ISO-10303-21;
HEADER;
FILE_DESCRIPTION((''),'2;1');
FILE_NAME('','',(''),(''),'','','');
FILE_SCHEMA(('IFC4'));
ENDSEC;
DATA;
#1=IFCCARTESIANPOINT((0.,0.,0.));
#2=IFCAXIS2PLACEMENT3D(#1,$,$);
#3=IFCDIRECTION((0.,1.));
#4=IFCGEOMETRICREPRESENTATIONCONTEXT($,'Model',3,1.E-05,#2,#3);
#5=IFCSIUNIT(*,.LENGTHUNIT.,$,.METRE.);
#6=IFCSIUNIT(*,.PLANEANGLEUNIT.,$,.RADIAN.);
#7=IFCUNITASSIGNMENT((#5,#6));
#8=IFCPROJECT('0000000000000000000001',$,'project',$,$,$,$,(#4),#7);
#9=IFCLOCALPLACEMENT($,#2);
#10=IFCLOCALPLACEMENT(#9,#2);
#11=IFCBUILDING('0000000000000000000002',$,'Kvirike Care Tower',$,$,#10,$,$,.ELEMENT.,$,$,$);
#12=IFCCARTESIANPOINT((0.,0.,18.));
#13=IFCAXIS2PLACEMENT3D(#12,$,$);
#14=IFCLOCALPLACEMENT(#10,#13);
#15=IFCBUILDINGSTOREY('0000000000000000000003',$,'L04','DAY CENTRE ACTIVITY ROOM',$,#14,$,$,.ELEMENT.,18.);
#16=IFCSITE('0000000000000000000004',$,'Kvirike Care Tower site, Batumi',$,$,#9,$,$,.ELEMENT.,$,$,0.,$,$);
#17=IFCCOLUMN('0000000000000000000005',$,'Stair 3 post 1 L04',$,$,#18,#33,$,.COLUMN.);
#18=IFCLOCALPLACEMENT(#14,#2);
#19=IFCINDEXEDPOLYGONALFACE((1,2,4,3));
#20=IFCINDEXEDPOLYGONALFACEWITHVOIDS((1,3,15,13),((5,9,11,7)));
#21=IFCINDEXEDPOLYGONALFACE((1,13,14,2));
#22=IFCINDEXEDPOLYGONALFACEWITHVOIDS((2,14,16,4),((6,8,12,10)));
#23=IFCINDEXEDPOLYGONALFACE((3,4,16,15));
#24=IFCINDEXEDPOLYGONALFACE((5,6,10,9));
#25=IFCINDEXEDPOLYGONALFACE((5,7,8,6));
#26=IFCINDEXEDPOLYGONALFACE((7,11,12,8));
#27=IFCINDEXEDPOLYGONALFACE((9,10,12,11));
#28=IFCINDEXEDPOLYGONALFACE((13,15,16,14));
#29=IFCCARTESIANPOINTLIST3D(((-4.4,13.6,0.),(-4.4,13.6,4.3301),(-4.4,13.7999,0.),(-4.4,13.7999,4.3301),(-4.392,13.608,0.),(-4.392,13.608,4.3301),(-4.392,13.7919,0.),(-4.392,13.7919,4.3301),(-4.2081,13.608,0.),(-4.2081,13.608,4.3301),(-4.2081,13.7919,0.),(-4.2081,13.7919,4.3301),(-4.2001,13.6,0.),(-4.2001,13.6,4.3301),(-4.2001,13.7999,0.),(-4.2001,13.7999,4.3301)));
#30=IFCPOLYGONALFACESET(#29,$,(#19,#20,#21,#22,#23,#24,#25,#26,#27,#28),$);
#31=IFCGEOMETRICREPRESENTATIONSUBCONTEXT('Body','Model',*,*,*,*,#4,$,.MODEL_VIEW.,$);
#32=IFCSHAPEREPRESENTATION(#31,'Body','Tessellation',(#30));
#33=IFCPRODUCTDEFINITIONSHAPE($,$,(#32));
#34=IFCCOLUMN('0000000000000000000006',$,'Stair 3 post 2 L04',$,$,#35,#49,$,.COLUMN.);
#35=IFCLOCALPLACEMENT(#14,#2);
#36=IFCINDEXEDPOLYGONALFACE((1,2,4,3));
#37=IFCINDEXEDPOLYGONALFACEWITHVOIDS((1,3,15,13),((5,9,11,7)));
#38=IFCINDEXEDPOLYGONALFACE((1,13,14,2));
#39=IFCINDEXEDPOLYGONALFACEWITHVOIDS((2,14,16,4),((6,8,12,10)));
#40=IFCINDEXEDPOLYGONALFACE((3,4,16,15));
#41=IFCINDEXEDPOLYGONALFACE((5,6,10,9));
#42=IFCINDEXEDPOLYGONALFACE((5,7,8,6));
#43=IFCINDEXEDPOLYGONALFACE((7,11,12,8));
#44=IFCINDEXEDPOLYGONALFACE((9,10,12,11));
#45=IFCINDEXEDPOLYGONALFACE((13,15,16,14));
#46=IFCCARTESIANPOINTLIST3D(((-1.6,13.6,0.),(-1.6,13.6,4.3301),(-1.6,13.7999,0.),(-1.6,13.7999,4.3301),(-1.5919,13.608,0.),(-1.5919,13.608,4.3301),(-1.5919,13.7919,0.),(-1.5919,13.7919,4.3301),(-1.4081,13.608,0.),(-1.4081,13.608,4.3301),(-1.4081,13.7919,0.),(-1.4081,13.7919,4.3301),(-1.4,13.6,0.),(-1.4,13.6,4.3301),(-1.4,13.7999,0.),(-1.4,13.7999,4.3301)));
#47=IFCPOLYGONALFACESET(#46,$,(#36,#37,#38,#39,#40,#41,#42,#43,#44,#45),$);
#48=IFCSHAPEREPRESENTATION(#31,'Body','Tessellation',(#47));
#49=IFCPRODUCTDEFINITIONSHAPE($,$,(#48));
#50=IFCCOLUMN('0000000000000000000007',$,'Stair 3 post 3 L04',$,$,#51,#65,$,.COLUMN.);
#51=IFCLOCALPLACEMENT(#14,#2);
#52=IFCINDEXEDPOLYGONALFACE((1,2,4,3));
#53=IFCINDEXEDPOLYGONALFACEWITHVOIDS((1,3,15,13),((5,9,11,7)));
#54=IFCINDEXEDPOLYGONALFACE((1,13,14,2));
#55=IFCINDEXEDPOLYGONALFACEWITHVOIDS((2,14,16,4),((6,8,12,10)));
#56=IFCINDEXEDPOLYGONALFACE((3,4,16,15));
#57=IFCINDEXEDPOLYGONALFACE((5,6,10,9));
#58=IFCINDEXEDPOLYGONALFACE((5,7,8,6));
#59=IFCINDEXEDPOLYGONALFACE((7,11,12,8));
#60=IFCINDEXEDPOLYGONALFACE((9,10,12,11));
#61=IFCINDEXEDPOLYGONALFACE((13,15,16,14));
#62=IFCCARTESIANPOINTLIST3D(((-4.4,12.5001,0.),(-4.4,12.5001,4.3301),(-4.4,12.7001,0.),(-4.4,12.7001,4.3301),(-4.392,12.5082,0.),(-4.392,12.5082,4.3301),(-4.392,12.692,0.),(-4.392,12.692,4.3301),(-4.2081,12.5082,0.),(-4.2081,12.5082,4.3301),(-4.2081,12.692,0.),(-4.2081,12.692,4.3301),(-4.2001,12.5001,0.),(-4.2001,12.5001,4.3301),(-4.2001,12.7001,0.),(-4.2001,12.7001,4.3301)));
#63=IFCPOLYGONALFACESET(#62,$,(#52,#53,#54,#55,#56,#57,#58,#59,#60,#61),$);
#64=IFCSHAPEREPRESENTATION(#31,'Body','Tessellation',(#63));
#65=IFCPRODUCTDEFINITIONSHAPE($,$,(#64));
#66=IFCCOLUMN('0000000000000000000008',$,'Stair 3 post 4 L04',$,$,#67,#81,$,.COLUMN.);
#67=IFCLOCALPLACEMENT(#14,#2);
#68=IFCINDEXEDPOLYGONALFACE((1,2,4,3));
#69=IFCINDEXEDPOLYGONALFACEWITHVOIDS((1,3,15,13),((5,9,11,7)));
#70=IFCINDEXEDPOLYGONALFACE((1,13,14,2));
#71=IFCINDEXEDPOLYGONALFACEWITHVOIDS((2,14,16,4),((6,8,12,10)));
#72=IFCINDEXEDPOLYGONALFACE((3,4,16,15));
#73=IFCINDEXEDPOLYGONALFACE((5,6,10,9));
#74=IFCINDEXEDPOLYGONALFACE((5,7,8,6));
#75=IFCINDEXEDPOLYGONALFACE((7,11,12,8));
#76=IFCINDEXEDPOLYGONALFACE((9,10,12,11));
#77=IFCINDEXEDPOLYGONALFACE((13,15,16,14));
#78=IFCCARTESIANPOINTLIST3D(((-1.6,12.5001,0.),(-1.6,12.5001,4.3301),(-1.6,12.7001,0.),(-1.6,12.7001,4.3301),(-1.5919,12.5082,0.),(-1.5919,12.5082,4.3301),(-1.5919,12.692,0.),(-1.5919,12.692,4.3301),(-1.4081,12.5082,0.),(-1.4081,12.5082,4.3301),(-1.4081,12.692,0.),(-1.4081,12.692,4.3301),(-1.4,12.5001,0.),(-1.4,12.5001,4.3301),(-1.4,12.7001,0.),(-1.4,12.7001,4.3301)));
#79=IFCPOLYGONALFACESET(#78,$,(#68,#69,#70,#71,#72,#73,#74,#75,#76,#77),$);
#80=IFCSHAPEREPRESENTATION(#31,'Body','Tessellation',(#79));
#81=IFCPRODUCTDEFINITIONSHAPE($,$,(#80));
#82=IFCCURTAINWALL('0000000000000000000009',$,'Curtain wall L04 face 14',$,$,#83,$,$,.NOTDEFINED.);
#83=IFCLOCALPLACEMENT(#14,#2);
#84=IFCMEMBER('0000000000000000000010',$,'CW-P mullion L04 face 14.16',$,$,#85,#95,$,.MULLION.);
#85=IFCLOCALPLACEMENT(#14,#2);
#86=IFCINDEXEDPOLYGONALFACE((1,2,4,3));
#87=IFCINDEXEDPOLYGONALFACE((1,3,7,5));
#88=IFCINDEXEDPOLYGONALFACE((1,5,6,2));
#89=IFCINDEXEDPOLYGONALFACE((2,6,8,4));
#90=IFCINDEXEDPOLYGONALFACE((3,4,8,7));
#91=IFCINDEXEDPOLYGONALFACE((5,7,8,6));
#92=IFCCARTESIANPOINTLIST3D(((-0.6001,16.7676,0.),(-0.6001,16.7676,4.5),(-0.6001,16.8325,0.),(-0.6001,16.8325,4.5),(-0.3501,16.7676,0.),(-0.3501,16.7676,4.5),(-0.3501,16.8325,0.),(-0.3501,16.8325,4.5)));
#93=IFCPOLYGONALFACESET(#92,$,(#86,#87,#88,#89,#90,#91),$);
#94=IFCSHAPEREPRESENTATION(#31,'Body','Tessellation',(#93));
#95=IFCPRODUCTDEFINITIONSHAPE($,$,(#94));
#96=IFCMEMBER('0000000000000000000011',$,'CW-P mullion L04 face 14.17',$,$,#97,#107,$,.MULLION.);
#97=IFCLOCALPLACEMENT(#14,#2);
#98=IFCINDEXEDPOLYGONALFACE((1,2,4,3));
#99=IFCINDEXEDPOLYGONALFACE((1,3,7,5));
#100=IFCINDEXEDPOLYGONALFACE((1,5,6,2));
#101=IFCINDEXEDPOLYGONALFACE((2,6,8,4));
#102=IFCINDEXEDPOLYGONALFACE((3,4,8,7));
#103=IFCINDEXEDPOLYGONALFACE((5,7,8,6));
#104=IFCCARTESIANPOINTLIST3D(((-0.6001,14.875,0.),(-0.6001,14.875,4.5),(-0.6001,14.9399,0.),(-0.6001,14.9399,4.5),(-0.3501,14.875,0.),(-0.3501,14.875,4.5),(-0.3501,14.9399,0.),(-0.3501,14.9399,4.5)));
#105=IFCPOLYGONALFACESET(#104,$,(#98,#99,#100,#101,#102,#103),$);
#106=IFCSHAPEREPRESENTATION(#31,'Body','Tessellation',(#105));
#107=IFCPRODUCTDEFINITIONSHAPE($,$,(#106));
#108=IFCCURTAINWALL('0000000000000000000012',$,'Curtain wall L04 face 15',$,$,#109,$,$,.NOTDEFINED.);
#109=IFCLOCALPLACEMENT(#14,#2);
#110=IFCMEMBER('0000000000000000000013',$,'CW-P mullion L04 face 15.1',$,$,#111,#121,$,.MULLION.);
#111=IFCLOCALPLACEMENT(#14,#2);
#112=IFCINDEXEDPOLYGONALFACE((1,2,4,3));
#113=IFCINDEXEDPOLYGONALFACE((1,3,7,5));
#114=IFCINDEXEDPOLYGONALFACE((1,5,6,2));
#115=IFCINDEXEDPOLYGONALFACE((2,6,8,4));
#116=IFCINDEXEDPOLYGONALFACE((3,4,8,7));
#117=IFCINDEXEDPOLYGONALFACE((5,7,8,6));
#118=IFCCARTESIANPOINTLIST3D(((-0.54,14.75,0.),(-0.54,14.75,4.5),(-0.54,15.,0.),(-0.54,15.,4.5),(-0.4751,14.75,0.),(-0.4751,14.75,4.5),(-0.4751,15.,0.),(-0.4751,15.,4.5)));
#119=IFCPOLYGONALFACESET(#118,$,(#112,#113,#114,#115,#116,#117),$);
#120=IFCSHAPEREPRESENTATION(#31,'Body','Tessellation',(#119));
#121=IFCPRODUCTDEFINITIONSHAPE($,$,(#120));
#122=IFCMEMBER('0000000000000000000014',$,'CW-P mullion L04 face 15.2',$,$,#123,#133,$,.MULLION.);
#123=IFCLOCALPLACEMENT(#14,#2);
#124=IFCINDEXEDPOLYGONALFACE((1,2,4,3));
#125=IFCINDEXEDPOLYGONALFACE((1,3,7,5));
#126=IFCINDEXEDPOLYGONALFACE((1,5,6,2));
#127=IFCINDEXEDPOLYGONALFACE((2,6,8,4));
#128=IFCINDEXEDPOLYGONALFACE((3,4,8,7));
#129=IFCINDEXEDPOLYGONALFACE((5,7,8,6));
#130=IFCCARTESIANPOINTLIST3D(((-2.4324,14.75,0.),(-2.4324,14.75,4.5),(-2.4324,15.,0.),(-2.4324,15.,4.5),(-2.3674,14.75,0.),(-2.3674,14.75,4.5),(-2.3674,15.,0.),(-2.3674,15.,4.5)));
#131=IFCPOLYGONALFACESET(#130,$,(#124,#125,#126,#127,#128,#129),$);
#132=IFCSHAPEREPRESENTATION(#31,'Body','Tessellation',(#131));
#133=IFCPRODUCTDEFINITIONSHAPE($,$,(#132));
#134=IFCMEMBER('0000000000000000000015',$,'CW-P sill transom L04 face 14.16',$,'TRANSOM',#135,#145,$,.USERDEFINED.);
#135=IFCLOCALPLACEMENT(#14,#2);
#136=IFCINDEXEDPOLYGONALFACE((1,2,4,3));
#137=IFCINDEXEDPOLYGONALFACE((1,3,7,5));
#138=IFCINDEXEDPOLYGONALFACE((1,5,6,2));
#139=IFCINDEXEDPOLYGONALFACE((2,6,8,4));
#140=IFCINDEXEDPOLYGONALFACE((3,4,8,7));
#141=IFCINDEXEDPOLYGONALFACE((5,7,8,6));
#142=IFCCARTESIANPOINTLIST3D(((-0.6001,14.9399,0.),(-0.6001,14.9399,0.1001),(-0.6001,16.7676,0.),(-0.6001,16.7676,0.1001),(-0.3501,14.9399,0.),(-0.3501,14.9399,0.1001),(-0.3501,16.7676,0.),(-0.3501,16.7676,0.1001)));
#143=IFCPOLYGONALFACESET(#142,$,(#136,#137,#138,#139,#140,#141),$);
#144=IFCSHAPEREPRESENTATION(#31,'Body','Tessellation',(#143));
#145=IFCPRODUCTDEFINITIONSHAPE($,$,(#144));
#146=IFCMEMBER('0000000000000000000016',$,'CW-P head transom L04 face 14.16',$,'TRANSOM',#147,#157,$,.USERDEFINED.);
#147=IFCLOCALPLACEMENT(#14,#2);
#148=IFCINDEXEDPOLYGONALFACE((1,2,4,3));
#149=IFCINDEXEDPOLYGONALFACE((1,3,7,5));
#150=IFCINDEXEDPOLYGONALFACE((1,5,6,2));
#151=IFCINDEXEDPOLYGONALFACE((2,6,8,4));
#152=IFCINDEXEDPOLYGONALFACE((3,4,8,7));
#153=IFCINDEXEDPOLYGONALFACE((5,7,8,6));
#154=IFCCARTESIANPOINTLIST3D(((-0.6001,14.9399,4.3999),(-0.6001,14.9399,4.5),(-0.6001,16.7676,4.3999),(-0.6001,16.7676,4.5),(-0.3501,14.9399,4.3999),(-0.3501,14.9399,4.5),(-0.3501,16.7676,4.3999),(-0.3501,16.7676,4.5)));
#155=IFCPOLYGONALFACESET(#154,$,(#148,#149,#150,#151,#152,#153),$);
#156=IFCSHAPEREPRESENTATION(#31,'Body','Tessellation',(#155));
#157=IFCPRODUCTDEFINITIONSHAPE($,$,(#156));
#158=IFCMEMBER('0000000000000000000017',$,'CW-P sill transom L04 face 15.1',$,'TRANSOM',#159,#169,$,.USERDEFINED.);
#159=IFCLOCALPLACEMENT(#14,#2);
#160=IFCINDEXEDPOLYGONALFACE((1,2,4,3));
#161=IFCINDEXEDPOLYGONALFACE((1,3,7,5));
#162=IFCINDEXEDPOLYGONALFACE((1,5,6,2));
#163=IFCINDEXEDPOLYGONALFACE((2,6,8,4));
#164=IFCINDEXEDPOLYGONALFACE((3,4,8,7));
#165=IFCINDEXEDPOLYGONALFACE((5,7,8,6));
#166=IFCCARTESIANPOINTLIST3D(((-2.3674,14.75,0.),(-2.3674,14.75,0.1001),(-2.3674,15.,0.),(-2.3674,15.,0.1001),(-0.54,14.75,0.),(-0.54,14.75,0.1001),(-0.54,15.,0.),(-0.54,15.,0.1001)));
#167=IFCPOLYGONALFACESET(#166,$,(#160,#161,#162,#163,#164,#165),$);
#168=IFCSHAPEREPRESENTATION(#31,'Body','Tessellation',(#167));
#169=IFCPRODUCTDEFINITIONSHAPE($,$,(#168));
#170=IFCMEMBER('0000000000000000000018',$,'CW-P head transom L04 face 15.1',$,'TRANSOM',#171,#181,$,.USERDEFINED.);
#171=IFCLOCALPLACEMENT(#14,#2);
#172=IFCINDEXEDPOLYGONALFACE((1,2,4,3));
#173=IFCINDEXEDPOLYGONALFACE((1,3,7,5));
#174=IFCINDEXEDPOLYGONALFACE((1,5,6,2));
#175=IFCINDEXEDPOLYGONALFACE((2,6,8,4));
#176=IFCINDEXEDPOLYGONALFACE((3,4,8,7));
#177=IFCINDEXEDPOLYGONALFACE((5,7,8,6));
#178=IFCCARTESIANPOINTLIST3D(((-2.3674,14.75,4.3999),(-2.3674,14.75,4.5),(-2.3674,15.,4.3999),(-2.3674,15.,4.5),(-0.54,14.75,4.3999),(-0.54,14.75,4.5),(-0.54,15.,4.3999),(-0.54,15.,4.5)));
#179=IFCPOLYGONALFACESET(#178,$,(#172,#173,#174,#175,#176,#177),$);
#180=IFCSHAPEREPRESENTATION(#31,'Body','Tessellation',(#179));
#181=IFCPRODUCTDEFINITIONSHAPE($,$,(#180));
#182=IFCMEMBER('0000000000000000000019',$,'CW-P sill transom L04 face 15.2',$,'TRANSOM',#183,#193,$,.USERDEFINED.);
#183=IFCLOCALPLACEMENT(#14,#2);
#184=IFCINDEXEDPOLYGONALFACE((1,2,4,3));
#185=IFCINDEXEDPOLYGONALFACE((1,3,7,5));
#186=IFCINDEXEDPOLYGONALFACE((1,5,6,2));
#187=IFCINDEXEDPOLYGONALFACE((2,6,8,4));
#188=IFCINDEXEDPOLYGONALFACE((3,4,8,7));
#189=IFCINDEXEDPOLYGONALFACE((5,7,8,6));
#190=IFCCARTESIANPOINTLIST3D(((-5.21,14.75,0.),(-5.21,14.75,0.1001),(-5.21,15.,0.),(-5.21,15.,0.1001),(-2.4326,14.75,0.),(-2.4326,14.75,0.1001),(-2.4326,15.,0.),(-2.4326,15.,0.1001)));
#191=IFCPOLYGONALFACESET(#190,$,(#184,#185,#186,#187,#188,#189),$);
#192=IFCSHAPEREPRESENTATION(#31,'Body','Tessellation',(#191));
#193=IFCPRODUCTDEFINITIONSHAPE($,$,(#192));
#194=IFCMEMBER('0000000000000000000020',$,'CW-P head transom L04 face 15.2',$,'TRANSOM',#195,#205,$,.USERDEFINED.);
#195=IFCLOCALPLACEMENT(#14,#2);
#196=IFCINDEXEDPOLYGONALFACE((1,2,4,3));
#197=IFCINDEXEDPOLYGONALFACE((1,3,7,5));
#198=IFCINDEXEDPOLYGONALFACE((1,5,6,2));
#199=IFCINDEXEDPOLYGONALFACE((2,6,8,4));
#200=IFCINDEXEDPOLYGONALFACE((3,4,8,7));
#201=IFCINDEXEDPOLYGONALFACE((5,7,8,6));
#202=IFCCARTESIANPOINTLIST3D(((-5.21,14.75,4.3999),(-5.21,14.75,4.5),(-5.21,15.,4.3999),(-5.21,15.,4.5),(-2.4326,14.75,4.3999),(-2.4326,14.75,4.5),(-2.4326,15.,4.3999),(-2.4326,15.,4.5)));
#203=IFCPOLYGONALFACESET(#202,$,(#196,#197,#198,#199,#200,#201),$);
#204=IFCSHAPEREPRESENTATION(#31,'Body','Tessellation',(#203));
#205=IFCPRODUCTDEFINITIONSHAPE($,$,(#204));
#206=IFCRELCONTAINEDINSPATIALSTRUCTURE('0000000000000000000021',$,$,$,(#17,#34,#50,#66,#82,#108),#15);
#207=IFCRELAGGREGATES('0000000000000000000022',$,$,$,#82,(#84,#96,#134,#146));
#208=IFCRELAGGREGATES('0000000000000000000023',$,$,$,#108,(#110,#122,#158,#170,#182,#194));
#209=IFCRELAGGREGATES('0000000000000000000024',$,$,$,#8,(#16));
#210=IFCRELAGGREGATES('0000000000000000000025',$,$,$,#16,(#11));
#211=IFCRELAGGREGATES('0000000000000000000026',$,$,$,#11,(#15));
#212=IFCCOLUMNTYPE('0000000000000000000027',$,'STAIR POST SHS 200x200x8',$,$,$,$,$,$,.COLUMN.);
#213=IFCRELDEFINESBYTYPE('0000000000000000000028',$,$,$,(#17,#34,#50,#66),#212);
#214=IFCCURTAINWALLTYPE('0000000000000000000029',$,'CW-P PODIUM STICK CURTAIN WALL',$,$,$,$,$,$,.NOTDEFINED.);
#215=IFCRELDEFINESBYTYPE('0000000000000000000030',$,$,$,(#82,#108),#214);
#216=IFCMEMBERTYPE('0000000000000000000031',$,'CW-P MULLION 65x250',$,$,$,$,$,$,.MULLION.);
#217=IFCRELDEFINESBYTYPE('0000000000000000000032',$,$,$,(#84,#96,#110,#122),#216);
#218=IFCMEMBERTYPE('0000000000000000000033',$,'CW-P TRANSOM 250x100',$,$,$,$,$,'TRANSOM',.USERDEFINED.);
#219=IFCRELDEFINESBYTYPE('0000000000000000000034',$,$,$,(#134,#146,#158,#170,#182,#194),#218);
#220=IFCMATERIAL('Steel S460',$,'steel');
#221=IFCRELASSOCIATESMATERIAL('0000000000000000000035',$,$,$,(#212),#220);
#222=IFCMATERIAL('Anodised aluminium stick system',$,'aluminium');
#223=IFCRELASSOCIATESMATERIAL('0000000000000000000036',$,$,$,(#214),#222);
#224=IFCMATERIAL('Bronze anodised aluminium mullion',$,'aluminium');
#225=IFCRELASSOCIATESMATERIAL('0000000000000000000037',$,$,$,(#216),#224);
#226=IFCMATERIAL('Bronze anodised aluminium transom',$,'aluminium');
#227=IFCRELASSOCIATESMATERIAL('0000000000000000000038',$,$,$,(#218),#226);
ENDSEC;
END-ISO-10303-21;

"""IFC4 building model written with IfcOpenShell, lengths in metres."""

from ifc_helpers import new_model, si_unit, direction, frame, origin, origin_2d, place, context, subcontext, project, spatial, rectangle, hollow_rectangle, extrude, material, material_profile, profile_set, type_object, element, aggregate, save


model = new_model("IFC4")

# Units and contexts
model_context = context("Model", 3, precision=1e-05, world=origin(), true_north=direction((0.0, 1.0)))
body_context = subcontext(model_context, "Body", "Model", "MODEL_VIEW")
ifc_project = project(units=[si_unit("LENGTHUNIT", "METRE"), si_unit("PLANEANGLEUNIT", "RADIAN")], contexts=[model_context])

# Site, building, storey
site_placement = place(None, origin())
site = spatial("IfcSite", under=ifc_project, at=site_placement, Name="Kvirike Care Tower site, Batumi", CompositionType="ELEMENT", RefElevation=0.0)
building_placement = place(site_placement, origin())
building = spatial("IfcBuilding", under=site, at=building_placement, Name="Kvirike Care Tower", CompositionType="ELEMENT")
storey_placement = place(building_placement, frame((0.0, 0.0, 18.0)))
storey = spatial("IfcBuildingStorey", under=building, at=storey_placement, Name="L04", Description="DAY CENTRE ACTIVITY ROOM", CompositionType="ELEMENT", Elevation=18.0)

# Columns
ifc_material_1 = material(Name="Steel S460", Category="steel")
ifc_material_profile_1 = material_profile(ifc_material_1, hollow_rectangle(XDim=0.2, YDim=0.2, WallThickness=0.0081, at=origin_2d()), Name="SHS 200x200x8")
ifc_profile_set_1 = profile_set([ifc_material_profile_1], Name="Steel S460")
column_type = type_object("IfcColumnType", Name="STAIR POST SHS 200x200x8", PredefinedType="COLUMN", material=ifc_profile_set_1)
for number, where, z_axis, x_axis, name in (
    (1, (-4.3, 13.7, 0.0), (0.0, 0.0, 1.0), (1.0, 0.0, 0.0), "Stair 3 post 1 L04"),
    (2, (-1.5, 13.7, 0.0), (0.0, 0.0, 1.0), (1.0, 0.0, 0.0), "Stair 3 post 2 L04"),
    (3, (-4.3, 12.6001, 0.0), (0.0, 0.0, 1.0), (1.0, 0.0, 0.0), "Stair 3 post 3 L04"),
    (4, (-1.5, 12.6001, 0.0), (0.0, 0.0, 1.0), (1.0, 0.0, 0.0), "Stair 3 post 4 L04"),
):
    element("IfcColumn", number, at=place(storey_placement, frame(where, z_axis=z_axis, x_axis=x_axis)), inside=storey, type_object=column_type, Name=name, PredefinedType="COLUMN", context=body_context, shape_type="SweptSolid", body=[
        extrude(hollow_rectangle(XDim=0.2, YDim=0.2, WallThickness=0.0081, at=origin_2d()), origin(), (0.0, 0.0, 1.0), 4.3301),
    ])

# Curtain walls, members
ifc_material_2 = material(Name="Anodised aluminium stick system", Category="aluminium")
curtain_wall_type = type_object("IfcCurtainWallType", Name="CW-P PODIUM STICK CURTAIN WALL", PredefinedType="NOTDEFINED", material=ifc_material_2)
curtain_wall_1_placement = place(storey_placement, origin())
curtain_wall_1 = element("IfcCurtainWall", 5, at=curtain_wall_1_placement, inside=storey, type_object=curtain_wall_type, Name="Curtain wall L04 face 14", PredefinedType="NOTDEFINED")
ifc_material_3 = material(Name="Bronze anodised aluminium mullion", Category="aluminium")
ifc_material_profile_2 = material_profile(ifc_material_3, rectangle(XDim=0.0649, YDim=0.25, at=origin_2d()), Name="CW-P MULLION 65x250")
ifc_profile_set_2 = profile_set([ifc_material_profile_2], Name="Bronze anodised aluminium mullion")
member_type_1 = type_object("IfcMemberType", Name="CW-P MULLION 65x250", PredefinedType="MULLION", material=ifc_profile_set_2)
member_1_placement = place(storey_placement, frame((-0.4751, 16.8, 0.0), z_axis=(0.0, 0.0, 1.0), x_axis=(0.0, -1.0, 0.0)))
member_1 = element("IfcMember", 6, at=member_1_placement, type_object=member_type_1, Name="CW-P mullion L04 face 14.16", PredefinedType="MULLION", context=body_context, shape_type="SweptSolid", body=[
    extrude(rectangle(XDim=0.0649, YDim=0.25, at=origin_2d()), origin(), (0.0, 0.0, 1.0), 4.5),
])
member_2_placement = place(storey_placement, frame((-0.4751, 14.9075, 0.0), z_axis=(0.0, 0.0, 1.0), x_axis=(0.0, -1.0, 0.0)))
member_2 = element("IfcMember", 7, at=member_2_placement, type_object=member_type_1, Name="CW-P mullion L04 face 14.17", PredefinedType="MULLION", context=body_context, shape_type="SweptSolid", body=[
    extrude(rectangle(XDim=0.0649, YDim=0.25, at=origin_2d()), origin(), (0.0, 0.0, 1.0), 4.5),
])
curtain_wall_2_placement = place(storey_placement, origin())
curtain_wall_2 = element("IfcCurtainWall", 8, at=curtain_wall_2_placement, inside=storey, type_object=curtain_wall_type, Name="Curtain wall L04 face 15", PredefinedType="NOTDEFINED")
member_3_placement = place(storey_placement, frame((-0.5076, 14.875, 0.0), z_axis=(0.0, 0.0, 1.0), x_axis=(-1.0, 0.0, 0.0)))
member_3 = element("IfcMember", 9, at=member_3_placement, type_object=member_type_1, Name="CW-P mullion L04 face 15.1", PredefinedType="MULLION", context=body_context, shape_type="SweptSolid", body=[
    extrude(rectangle(XDim=0.0649, YDim=0.25, at=origin_2d()), origin(), (0.0, 0.0, 1.0), 4.5),
])
member_4_placement = place(storey_placement, frame((-2.3999, 14.875, 0.0), z_axis=(0.0, 0.0, 1.0), x_axis=(-1.0, 0.0, 0.0)))
member_4 = element("IfcMember", 10, at=member_4_placement, type_object=member_type_1, Name="CW-P mullion L04 face 15.2", PredefinedType="MULLION", context=body_context, shape_type="SweptSolid", body=[
    extrude(rectangle(XDim=0.0649, YDim=0.25, at=origin_2d()), origin(), (0.0, 0.0, 1.0), 4.5),
])

# Members
ifc_material_4 = material(Name="Bronze anodised aluminium transom", Category="aluminium")
ifc_material_profile_3 = material_profile(ifc_material_4, rectangle(XDim=0.25, YDim=0.1001, at=origin_2d()), Name="CW-P TRANSOM 250x100")
ifc_profile_set_3 = profile_set([ifc_material_profile_3], Name="Bronze anodised aluminium transom")
member_type_2 = type_object("IfcMemberType", Name="CW-P TRANSOM 250x100", ElementType="TRANSOM", PredefinedType="USERDEFINED", material=ifc_profile_set_3)
member_5_placement = place(storey_placement, frame((-0.4751, 16.7676, 0.05), z_axis=(0.0, -1.0, 0.0), x_axis=(1.0, 0.0, 0.0)))
member_5 = element("IfcMember", 11, at=member_5_placement, type_object=member_type_2, Name="CW-P sill transom L04 face 14.16", ObjectType="TRANSOM", PredefinedType="USERDEFINED", context=body_context, shape_type="SweptSolid", body=[
    extrude(rectangle(XDim=0.25, YDim=0.1001, at=origin_2d()), origin(), (0.0, 0.0, 1.0), 1.8276),
])
member_6_placement = place(storey_placement, frame((-0.4751, 16.7676, 4.45), z_axis=(0.0, -1.0, 0.0), x_axis=(1.0, 0.0, 0.0)))
member_6 = element("IfcMember", 12, at=member_6_placement, type_object=member_type_2, Name="CW-P head transom L04 face 14.16", ObjectType="TRANSOM", PredefinedType="USERDEFINED", context=body_context, shape_type="SweptSolid", body=[
    extrude(rectangle(XDim=0.25, YDim=0.1001, at=origin_2d()), origin(), (0.0, 0.0, 1.0), 1.8276),
])
member_7_placement = place(storey_placement, frame((-0.54, 14.875, 0.05), z_axis=(-1.0, 0.0, 0.0), x_axis=(0.0, -1.0, 0.0)))
member_7 = element("IfcMember", 13, at=member_7_placement, type_object=member_type_2, Name="CW-P sill transom L04 face 15.1", ObjectType="TRANSOM", PredefinedType="USERDEFINED", context=body_context, shape_type="SweptSolid", body=[
    extrude(rectangle(XDim=0.25, YDim=0.1001, at=origin_2d()), origin(), (0.0, 0.0, 1.0), 1.8274),
])
member_8_placement = place(storey_placement, frame((-0.54, 14.875, 4.45), z_axis=(-1.0, 0.0, 0.0), x_axis=(0.0, -1.0, 0.0)))
member_8 = element("IfcMember", 14, at=member_8_placement, type_object=member_type_2, Name="CW-P head transom L04 face 15.1", ObjectType="TRANSOM", PredefinedType="USERDEFINED", context=body_context, shape_type="SweptSolid", body=[
    extrude(rectangle(XDim=0.25, YDim=0.1001, at=origin_2d()), origin(), (0.0, 0.0, 1.0), 1.8274),
])
member_9_placement = place(storey_placement, frame((-2.4326, 14.875, 0.05), z_axis=(-1.0, 0.0, 0.0), x_axis=(0.0, -1.0, 0.0)))
member_9 = element("IfcMember", 15, at=member_9_placement, type_object=member_type_2, Name="CW-P sill transom L04 face 15.2", ObjectType="TRANSOM", PredefinedType="USERDEFINED", context=body_context, shape_type="SweptSolid", body=[
    extrude(rectangle(XDim=0.25, YDim=0.1001, at=origin_2d()), origin(), (0.0, 0.0, 1.0), 2.7773),
])
member_10_placement = place(storey_placement, frame((-2.4326, 14.875, 4.45), z_axis=(-1.0, 0.0, 0.0), x_axis=(0.0, -1.0, 0.0)))
member_10 = element("IfcMember", 16, at=member_10_placement, type_object=member_type_2, Name="CW-P head transom L04 face 15.2", ObjectType="TRANSOM", PredefinedType="USERDEFINED", context=body_context, shape_type="SweptSolid", body=[
    extrude(rectangle(XDim=0.25, YDim=0.1001, at=origin_2d()), origin(), (0.0, 0.0, 1.0), 2.7773),
])

aggregate(curtain_wall_1, [member_1, member_2, member_5, member_6])
aggregate(curtain_wall_2, [member_3, member_4, member_7, member_8, member_9, member_10])

save(model, "model.ifc")
